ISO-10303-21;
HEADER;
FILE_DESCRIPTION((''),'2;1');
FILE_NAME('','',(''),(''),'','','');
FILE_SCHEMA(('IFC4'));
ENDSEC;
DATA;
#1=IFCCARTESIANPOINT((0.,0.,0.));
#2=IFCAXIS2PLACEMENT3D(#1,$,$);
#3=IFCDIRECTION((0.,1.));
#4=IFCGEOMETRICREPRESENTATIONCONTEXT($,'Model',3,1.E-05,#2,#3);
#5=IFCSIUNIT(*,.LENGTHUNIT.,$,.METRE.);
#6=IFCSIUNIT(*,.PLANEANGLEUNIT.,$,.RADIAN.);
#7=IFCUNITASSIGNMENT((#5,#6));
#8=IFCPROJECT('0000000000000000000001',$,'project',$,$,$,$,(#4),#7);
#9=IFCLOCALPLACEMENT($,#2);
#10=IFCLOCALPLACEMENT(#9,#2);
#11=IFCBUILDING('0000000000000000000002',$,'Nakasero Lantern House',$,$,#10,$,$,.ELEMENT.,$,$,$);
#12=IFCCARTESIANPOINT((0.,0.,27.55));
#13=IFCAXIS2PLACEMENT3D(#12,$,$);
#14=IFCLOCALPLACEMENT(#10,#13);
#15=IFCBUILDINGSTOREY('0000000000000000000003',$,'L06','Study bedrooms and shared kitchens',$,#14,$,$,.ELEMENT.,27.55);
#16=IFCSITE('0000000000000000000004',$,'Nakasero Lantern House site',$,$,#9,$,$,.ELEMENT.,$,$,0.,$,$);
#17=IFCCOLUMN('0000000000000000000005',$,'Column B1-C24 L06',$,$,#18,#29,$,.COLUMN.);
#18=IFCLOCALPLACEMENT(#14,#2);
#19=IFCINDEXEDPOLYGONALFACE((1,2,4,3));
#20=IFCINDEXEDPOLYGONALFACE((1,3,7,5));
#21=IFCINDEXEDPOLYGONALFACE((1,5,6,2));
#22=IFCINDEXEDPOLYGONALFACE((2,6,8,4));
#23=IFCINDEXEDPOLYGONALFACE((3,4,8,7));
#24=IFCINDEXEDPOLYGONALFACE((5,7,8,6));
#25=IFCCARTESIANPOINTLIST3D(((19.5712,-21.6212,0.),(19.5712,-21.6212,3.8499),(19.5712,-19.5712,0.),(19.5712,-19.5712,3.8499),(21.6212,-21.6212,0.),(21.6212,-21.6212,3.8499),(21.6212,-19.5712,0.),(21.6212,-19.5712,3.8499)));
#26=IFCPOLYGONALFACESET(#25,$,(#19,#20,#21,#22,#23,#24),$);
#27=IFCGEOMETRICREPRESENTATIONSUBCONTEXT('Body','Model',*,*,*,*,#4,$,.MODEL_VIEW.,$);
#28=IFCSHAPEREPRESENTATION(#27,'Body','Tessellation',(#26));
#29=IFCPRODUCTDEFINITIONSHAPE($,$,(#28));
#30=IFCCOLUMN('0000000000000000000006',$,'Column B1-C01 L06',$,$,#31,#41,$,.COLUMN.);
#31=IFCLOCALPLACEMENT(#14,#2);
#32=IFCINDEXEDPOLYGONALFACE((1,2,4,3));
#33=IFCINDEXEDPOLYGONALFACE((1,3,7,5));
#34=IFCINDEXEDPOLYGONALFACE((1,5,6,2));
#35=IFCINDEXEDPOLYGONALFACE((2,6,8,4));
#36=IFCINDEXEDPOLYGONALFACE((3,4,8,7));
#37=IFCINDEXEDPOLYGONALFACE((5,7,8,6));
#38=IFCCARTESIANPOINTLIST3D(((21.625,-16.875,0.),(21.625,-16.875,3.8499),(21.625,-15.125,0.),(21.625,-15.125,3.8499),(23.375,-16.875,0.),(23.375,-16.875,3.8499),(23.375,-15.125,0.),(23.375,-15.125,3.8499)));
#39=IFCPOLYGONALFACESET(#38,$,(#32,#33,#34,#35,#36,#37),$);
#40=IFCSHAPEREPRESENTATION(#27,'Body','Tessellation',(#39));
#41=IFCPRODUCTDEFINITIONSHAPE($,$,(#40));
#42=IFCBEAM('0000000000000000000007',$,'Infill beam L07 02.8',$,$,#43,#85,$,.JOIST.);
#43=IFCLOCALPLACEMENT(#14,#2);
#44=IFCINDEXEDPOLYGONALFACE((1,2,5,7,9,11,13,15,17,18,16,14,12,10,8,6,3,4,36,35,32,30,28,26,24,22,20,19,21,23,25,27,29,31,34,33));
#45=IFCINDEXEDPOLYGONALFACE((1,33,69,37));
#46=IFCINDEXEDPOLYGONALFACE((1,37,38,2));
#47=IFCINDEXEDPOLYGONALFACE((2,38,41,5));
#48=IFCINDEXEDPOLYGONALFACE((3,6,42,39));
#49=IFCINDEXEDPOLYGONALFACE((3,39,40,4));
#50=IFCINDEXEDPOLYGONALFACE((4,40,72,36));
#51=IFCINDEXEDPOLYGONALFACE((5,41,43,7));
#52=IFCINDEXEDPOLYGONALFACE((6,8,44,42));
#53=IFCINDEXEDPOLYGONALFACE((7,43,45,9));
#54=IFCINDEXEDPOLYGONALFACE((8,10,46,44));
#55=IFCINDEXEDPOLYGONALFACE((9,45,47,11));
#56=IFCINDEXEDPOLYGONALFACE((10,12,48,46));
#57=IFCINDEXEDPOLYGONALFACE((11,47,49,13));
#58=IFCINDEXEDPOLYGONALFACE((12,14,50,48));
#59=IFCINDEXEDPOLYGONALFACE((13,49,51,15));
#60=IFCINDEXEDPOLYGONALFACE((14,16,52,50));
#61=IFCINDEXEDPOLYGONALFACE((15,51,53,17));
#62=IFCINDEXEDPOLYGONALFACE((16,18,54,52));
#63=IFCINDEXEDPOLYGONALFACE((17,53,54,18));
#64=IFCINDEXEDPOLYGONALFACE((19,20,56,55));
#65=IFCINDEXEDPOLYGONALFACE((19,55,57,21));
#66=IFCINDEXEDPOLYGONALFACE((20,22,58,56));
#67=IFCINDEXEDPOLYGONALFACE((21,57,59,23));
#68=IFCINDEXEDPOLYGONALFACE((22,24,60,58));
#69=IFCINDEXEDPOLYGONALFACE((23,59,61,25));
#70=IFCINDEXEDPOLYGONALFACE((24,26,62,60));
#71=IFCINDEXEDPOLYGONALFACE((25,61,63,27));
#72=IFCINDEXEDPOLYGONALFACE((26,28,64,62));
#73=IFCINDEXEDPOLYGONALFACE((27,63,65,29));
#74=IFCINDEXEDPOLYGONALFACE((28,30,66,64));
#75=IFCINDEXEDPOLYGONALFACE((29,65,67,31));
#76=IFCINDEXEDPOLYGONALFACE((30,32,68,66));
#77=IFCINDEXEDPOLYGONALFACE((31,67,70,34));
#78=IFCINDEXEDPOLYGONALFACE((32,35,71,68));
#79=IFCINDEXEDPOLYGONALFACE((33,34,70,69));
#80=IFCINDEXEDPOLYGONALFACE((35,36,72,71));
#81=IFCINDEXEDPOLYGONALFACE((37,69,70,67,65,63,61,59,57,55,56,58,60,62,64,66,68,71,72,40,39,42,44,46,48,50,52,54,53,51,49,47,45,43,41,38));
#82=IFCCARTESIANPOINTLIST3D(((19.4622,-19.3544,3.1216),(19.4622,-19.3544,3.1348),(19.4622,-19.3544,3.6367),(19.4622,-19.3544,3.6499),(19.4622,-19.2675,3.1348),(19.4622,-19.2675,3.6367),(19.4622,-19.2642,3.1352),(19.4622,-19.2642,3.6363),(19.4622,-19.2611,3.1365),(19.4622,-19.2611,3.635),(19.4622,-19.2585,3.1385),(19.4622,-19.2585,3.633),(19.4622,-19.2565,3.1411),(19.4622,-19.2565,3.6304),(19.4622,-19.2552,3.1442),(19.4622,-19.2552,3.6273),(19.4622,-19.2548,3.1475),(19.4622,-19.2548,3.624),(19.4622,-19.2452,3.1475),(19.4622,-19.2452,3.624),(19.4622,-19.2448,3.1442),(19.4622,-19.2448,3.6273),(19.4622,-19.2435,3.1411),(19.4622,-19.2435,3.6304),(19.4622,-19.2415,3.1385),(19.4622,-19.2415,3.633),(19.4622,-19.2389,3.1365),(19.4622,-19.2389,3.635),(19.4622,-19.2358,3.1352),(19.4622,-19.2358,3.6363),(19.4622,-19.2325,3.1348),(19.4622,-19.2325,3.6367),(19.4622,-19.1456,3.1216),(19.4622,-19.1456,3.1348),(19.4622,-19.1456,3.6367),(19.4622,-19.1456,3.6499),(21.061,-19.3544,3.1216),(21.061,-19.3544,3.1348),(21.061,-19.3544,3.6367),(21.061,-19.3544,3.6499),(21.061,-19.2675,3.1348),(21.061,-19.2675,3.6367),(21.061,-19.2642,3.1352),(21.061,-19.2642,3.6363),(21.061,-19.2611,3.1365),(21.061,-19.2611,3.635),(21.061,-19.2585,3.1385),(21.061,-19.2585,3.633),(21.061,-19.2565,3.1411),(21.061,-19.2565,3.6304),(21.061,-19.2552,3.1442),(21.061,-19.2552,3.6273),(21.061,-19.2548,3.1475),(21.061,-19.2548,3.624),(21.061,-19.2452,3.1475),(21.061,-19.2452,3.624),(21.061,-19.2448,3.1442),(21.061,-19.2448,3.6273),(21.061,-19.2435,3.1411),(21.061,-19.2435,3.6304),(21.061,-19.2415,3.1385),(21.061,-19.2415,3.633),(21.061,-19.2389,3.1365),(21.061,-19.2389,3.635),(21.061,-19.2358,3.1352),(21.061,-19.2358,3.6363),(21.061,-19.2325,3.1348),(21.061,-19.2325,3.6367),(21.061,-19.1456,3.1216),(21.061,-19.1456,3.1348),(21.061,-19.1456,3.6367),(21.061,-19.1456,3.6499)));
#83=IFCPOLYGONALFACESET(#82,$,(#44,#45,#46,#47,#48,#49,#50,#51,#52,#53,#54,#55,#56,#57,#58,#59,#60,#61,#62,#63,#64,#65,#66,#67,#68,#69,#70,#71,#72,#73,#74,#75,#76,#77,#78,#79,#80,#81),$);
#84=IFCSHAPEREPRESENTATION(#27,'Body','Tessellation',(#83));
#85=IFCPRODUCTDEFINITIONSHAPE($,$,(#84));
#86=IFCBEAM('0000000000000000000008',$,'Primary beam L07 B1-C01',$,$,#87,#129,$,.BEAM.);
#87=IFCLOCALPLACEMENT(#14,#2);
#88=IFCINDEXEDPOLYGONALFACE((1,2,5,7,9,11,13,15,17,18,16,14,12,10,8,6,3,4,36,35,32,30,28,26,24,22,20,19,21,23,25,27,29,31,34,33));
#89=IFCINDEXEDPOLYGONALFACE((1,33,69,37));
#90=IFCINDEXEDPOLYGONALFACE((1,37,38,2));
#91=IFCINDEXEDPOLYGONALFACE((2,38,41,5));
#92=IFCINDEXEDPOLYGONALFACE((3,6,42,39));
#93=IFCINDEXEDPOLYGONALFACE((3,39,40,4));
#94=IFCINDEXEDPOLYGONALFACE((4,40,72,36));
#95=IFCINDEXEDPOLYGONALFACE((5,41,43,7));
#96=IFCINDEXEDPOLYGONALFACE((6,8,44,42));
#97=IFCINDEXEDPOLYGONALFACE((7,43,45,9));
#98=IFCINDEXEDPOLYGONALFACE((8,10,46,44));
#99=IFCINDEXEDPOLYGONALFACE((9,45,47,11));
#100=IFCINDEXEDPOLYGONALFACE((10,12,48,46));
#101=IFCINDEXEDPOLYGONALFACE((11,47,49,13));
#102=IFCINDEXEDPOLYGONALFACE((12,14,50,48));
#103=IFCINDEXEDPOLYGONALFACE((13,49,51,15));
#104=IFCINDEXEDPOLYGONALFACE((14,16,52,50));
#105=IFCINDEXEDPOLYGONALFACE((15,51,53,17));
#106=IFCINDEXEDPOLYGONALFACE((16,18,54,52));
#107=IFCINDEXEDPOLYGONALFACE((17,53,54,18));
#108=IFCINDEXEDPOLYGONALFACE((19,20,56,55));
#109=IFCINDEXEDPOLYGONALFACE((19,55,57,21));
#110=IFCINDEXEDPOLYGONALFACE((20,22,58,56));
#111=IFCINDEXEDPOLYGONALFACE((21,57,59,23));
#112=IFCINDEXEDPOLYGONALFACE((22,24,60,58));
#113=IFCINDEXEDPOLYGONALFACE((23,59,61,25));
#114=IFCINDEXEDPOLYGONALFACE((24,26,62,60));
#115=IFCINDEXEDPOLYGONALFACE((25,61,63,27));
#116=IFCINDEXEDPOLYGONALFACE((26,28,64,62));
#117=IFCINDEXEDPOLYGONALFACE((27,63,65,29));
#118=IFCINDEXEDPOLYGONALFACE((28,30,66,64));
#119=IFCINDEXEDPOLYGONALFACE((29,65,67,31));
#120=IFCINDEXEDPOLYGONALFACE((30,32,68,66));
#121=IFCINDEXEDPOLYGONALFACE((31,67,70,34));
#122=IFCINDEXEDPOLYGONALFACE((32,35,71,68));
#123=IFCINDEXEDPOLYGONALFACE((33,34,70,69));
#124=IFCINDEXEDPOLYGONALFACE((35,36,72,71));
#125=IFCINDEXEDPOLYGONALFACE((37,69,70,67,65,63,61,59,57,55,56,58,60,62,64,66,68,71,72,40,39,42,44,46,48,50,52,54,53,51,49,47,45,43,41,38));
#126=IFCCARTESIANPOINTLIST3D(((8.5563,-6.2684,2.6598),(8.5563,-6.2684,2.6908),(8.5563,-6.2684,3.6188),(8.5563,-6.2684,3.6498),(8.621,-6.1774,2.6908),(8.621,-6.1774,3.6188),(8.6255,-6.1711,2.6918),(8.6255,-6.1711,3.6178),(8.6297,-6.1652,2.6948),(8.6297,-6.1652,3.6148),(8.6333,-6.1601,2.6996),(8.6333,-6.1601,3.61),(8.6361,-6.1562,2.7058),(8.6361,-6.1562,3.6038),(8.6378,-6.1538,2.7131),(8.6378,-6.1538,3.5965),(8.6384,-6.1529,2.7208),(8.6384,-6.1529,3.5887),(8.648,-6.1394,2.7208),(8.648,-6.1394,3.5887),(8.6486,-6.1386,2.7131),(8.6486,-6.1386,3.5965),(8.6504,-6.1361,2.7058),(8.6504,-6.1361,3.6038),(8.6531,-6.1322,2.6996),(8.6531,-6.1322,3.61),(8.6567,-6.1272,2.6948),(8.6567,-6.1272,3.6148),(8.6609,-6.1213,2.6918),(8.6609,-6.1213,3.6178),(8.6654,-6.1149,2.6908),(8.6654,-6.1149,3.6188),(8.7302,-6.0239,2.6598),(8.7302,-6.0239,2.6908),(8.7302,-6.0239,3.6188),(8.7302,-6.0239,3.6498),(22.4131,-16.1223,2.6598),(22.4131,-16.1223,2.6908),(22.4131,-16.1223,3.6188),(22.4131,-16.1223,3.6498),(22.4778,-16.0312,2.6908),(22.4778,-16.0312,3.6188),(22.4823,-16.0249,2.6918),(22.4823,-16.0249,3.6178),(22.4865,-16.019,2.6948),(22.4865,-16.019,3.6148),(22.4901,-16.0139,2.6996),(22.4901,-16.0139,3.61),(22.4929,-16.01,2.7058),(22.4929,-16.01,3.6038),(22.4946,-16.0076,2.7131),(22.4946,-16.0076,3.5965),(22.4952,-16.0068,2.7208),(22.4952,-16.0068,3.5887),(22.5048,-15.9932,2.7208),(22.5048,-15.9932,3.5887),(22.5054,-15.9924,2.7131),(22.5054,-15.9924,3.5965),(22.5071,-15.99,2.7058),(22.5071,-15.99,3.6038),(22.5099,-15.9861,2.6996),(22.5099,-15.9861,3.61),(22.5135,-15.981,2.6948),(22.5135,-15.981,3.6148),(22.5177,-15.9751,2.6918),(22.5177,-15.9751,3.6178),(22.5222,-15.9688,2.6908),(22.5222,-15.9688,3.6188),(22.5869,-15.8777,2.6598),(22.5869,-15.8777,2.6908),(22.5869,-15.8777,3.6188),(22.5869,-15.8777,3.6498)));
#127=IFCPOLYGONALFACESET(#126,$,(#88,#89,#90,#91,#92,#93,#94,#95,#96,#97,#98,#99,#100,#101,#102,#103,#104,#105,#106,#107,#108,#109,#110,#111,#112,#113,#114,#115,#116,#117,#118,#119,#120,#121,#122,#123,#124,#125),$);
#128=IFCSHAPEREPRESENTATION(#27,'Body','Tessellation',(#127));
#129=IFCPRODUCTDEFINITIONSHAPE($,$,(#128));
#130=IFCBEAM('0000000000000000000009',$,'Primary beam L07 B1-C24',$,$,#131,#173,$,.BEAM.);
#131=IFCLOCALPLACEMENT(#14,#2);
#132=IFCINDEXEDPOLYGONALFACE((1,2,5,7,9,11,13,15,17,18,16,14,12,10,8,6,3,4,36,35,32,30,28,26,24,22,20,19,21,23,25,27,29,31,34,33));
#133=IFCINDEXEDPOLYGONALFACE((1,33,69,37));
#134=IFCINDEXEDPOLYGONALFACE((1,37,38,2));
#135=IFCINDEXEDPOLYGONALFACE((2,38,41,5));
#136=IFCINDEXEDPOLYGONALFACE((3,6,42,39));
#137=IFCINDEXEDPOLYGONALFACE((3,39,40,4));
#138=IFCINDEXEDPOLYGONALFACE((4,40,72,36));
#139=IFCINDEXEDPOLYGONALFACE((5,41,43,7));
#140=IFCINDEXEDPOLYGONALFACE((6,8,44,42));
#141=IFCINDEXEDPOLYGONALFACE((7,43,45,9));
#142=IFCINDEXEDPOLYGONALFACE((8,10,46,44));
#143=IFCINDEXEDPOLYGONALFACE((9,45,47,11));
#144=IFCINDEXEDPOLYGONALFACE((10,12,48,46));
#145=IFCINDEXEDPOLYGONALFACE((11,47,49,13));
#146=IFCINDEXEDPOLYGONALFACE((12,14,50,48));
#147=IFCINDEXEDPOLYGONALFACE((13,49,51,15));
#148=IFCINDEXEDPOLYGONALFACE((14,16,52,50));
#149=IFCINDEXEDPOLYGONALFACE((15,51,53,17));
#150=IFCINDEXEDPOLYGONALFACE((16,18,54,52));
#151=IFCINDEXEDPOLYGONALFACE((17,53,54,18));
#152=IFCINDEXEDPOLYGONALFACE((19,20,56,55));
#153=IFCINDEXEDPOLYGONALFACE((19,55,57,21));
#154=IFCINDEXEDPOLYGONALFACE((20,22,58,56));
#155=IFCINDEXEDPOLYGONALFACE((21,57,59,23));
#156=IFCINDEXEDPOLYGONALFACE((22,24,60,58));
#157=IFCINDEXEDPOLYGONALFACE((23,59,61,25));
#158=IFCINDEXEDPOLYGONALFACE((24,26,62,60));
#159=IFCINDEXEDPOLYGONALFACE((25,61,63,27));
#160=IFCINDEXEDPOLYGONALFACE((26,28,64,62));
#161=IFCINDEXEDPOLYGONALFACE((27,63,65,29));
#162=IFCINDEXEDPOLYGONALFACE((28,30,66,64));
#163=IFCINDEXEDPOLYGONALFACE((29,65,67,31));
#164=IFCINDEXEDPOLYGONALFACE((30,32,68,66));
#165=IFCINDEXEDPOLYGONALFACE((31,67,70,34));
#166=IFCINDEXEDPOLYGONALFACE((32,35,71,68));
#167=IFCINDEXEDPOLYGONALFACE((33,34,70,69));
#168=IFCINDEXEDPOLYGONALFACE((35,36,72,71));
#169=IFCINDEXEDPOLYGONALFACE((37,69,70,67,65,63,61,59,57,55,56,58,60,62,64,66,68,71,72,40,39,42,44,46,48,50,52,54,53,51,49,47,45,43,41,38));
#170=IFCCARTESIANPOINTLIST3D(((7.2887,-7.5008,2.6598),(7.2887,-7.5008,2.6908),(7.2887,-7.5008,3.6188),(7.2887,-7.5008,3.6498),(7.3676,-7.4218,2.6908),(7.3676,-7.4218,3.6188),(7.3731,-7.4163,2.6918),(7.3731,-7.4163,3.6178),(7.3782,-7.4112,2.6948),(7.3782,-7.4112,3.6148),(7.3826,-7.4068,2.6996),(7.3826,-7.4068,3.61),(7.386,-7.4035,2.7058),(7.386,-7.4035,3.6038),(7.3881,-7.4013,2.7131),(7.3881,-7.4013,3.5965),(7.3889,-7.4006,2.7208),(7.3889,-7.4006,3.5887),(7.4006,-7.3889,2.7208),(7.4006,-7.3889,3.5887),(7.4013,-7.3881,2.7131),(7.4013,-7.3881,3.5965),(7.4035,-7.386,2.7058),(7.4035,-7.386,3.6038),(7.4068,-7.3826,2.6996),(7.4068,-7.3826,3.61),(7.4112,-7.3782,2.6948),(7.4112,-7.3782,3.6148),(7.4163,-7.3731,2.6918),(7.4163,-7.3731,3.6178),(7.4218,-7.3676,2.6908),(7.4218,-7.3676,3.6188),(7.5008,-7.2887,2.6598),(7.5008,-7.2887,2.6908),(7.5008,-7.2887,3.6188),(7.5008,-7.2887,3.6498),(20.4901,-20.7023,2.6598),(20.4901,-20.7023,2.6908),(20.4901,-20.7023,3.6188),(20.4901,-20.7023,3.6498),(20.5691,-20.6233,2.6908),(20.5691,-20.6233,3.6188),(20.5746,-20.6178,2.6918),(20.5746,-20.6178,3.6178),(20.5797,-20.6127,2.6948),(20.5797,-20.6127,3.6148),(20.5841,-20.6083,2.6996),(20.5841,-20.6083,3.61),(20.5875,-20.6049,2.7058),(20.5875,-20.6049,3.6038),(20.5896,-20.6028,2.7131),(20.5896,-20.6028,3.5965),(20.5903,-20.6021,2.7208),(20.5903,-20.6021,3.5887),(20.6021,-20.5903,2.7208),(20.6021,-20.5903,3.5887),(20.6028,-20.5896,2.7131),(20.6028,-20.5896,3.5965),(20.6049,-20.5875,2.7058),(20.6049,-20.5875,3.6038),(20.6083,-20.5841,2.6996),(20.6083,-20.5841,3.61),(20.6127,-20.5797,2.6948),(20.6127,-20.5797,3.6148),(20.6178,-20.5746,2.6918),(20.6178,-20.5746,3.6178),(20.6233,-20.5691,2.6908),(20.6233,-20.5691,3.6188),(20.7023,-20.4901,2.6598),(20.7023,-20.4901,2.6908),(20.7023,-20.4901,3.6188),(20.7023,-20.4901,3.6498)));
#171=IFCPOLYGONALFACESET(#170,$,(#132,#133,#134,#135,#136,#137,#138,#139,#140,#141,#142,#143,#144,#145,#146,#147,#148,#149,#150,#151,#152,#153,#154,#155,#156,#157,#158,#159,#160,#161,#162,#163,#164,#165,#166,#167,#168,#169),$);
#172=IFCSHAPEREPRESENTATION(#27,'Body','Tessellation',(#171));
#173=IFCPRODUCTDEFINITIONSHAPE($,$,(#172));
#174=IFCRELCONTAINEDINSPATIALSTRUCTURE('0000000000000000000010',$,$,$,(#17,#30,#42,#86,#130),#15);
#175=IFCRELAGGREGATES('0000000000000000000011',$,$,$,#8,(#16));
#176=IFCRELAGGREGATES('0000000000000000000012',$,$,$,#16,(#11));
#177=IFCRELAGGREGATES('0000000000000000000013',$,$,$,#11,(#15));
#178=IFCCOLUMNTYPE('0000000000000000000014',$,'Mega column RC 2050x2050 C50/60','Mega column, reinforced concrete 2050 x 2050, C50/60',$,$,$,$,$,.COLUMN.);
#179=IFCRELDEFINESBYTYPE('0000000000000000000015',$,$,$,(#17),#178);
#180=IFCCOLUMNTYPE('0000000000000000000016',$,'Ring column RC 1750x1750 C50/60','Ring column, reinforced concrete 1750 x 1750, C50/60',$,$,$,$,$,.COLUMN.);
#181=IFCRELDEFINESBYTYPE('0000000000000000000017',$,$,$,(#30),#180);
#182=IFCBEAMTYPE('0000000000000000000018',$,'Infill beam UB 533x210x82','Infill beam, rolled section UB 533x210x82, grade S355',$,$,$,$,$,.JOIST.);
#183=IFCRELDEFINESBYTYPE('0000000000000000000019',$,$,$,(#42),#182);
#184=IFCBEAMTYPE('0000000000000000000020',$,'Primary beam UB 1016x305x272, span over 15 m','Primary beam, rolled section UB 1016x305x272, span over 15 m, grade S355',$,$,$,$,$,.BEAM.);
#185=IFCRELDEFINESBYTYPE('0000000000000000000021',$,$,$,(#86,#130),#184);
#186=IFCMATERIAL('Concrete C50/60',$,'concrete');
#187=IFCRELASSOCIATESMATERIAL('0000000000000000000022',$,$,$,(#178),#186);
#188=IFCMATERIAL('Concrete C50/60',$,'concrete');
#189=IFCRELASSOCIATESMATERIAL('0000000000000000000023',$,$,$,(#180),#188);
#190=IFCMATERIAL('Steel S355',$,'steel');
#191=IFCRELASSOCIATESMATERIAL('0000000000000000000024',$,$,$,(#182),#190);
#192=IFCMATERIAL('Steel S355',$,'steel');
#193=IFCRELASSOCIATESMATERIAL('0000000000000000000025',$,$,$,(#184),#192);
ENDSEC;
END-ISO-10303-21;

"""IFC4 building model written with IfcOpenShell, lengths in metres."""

from ifc_helpers import new_model, si_unit, direction, frame, origin, origin_2d, place, context, subcontext, project, spatial, rectangle, i_section, extrude, material, material_profile, profile_set, type_object, element, save


model = new_model("IFC4")

# Units and contexts
model_context = context("Model", 3, precision=1e-05, world=origin(), true_north=direction((0.0, 1.0)))
body_context = subcontext(model_context, "Body", "Model", "MODEL_VIEW")
ifc_project = project(units=[si_unit("LENGTHUNIT", "METRE"), si_unit("PLANEANGLEUNIT", "RADIAN")], contexts=[model_context])

# Site, building, storey
site_placement = place(None, origin())
site = spatial("IfcSite", under=ifc_project, at=site_placement, Name="Nakasero Lantern House site", CompositionType="ELEMENT", RefElevation=0.0)
building_placement = place(site_placement, origin())
building = spatial("IfcBuilding", under=site, at=building_placement, Name="Nakasero Lantern House", CompositionType="ELEMENT")
storey_placement = place(building_placement, frame((0.0, 0.0, 27.55)))
storey = spatial("IfcBuildingStorey", under=building, at=storey_placement, Name="L06", Description="Study bedrooms and shared kitchens", CompositionType="ELEMENT", Elevation=27.55)

# Columns
ifc_material_1 = material(Name="Concrete C50/60", Category="concrete")
ifc_material_profile_1 = material_profile(ifc_material_1, rectangle(XDim=2.05, YDim=2.05, at=origin_2d()), Name="RC 2050x2050")
ifc_profile_set_1 = profile_set([ifc_material_profile_1], Name="Concrete C50/60")
column_type_1 = type_object("IfcColumnType", Name="Mega column RC 2050x2050 C50/60", Description="Mega column, reinforced concrete 2050 x 2050, C50/60", PredefinedType="COLUMN", material=ifc_profile_set_1)
column_1_placement = place(storey_placement, frame((20.5962, -20.5962, 0.0), z_axis=(0.0, 0.0, 1.0), x_axis=(1.0, 0.0, 0.0)))
element("IfcColumn", 1, at=column_1_placement, inside=storey, type_object=column_type_1, Name="Column B1-C24 L06", PredefinedType="COLUMN", context=body_context, shape_type="SweptSolid", body=[
    extrude(rectangle(XDim=2.05, YDim=2.05, at=origin_2d()), origin(), (0.0, 0.0, 1.0), 3.8499),
])
ifc_material_2 = material(Name="Concrete C50/60", Category="concrete")
ifc_material_profile_2 = material_profile(ifc_material_2, rectangle(XDim=1.75, YDim=1.75, at=origin_2d()), Name="RC 1750x1750")
ifc_profile_set_2 = profile_set([ifc_material_profile_2], Name="Concrete C50/60")
column_type_2 = type_object("IfcColumnType", Name="Ring column RC 1750x1750 C50/60", Description="Ring column, reinforced concrete 1750 x 1750, C50/60", PredefinedType="COLUMN", material=ifc_profile_set_2)
column_2_placement = place(storey_placement, frame((22.5, -16.0, 0.0), z_axis=(0.0, 0.0, 1.0), x_axis=(1.0, 0.0, 0.0)))
element("IfcColumn", 2, at=column_2_placement, inside=storey, type_object=column_type_2, Name="Column B1-C01 L06", PredefinedType="COLUMN", context=body_context, shape_type="SweptSolid", body=[
    extrude(rectangle(XDim=1.75, YDim=1.75, at=origin_2d()), origin(), (0.0, 0.0, 1.0), 3.8499),
])

# Beams
ifc_material_3 = material(Name="Steel S355", Category="steel")
ifc_material_profile_3 = material_profile(ifc_material_3, i_section(OverallWidth=0.2087, OverallDepth=0.5283, WebThickness=0.0095, FlangeThickness=0.0132, FilletRadius=0.0127, at=origin_2d()), Name="UB 533x210x82")
ifc_profile_set_3 = profile_set([ifc_material_profile_3], Name="Steel S355")
beam_type_1 = type_object("IfcBeamType", Name="Infill beam UB 533x210x82", Description="Infill beam, rolled section UB 533x210x82, grade S355", PredefinedType="JOIST", material=ifc_profile_set_3)
beam_1_placement = place(storey_placement, frame((19.4622, -19.25, 3.3857), z_axis=(1.0, 0.0, 0.0), x_axis=(0.0, 1.0, 0.0)))
element("IfcBeam", 3, at=beam_1_placement, inside=storey, type_object=beam_type_1, Name="Infill beam L07 02.8", PredefinedType="JOIST", context=body_context, shape_type="SweptSolid", body=[
    extrude(i_section(OverallWidth=0.2087, OverallDepth=0.5283, WebThickness=0.0095, FlangeThickness=0.0132, FilletRadius=0.0127, at=origin_2d()), origin(), (0.0, 0.0, 1.0), 1.5989),
])
ifc_material_4 = material(Name="Steel S355", Category="steel")
ifc_material_profile_4 = material_profile(ifc_material_4, i_section(OverallWidth=0.3, OverallDepth=0.99, WebThickness=0.0166, FlangeThickness=0.031, FilletRadius=0.03, at=origin_2d()), Name="UB 1016x305x272")
ifc_profile_set_4 = profile_set([ifc_material_profile_4], Name="Steel S355")
beam_type_2 = type_object("IfcBeamType", Name="Primary beam UB 1016x305x272, span over 15 m", Description="Primary beam, rolled section UB 1016x305x272, span over 15 m, grade S355", PredefinedType="BEAM", material=ifc_profile_set_4)
beam_2_placement = place(storey_placement, frame((22.5, -16.0, 3.1548), z_axis=(-0.814952, 0.579528, 0.0), x_axis=(-0.579528, -0.814952, 0.0)))
element("IfcBeam", 4, at=beam_2_placement, inside=storey, type_object=beam_type_2, Name="Primary beam L07 B1-C01", PredefinedType="BEAM", context=body_context, shape_type="SweptSolid", body=[
    extrude(i_section(OverallWidth=0.3, OverallDepth=0.99, WebThickness=0.0166, FlangeThickness=0.031, FilletRadius=0.03, at=origin_2d()), origin(), (0.0, 0.0, 1.0), 17.0032),
])
beam_3_placement = place(storey_placement, frame((20.5962, -20.5962, 3.1548), z_axis=(-0.707107, 0.707107, 0.0), x_axis=(-0.707107, -0.707107, 0.0)))
element("IfcBeam", 5, at=beam_3_placement, inside=storey, type_object=beam_type_2, Name="Primary beam L07 B1-C24", PredefinedType="BEAM", context=body_context, shape_type="SweptSolid", body=[
    extrude(i_section(OverallWidth=0.3, OverallDepth=0.99, WebThickness=0.0166, FlangeThickness=0.031, FilletRadius=0.03, at=origin_2d()), origin(), (0.0, 0.0, 1.0), 18.6697),
])

save(model, "model.ifc")
